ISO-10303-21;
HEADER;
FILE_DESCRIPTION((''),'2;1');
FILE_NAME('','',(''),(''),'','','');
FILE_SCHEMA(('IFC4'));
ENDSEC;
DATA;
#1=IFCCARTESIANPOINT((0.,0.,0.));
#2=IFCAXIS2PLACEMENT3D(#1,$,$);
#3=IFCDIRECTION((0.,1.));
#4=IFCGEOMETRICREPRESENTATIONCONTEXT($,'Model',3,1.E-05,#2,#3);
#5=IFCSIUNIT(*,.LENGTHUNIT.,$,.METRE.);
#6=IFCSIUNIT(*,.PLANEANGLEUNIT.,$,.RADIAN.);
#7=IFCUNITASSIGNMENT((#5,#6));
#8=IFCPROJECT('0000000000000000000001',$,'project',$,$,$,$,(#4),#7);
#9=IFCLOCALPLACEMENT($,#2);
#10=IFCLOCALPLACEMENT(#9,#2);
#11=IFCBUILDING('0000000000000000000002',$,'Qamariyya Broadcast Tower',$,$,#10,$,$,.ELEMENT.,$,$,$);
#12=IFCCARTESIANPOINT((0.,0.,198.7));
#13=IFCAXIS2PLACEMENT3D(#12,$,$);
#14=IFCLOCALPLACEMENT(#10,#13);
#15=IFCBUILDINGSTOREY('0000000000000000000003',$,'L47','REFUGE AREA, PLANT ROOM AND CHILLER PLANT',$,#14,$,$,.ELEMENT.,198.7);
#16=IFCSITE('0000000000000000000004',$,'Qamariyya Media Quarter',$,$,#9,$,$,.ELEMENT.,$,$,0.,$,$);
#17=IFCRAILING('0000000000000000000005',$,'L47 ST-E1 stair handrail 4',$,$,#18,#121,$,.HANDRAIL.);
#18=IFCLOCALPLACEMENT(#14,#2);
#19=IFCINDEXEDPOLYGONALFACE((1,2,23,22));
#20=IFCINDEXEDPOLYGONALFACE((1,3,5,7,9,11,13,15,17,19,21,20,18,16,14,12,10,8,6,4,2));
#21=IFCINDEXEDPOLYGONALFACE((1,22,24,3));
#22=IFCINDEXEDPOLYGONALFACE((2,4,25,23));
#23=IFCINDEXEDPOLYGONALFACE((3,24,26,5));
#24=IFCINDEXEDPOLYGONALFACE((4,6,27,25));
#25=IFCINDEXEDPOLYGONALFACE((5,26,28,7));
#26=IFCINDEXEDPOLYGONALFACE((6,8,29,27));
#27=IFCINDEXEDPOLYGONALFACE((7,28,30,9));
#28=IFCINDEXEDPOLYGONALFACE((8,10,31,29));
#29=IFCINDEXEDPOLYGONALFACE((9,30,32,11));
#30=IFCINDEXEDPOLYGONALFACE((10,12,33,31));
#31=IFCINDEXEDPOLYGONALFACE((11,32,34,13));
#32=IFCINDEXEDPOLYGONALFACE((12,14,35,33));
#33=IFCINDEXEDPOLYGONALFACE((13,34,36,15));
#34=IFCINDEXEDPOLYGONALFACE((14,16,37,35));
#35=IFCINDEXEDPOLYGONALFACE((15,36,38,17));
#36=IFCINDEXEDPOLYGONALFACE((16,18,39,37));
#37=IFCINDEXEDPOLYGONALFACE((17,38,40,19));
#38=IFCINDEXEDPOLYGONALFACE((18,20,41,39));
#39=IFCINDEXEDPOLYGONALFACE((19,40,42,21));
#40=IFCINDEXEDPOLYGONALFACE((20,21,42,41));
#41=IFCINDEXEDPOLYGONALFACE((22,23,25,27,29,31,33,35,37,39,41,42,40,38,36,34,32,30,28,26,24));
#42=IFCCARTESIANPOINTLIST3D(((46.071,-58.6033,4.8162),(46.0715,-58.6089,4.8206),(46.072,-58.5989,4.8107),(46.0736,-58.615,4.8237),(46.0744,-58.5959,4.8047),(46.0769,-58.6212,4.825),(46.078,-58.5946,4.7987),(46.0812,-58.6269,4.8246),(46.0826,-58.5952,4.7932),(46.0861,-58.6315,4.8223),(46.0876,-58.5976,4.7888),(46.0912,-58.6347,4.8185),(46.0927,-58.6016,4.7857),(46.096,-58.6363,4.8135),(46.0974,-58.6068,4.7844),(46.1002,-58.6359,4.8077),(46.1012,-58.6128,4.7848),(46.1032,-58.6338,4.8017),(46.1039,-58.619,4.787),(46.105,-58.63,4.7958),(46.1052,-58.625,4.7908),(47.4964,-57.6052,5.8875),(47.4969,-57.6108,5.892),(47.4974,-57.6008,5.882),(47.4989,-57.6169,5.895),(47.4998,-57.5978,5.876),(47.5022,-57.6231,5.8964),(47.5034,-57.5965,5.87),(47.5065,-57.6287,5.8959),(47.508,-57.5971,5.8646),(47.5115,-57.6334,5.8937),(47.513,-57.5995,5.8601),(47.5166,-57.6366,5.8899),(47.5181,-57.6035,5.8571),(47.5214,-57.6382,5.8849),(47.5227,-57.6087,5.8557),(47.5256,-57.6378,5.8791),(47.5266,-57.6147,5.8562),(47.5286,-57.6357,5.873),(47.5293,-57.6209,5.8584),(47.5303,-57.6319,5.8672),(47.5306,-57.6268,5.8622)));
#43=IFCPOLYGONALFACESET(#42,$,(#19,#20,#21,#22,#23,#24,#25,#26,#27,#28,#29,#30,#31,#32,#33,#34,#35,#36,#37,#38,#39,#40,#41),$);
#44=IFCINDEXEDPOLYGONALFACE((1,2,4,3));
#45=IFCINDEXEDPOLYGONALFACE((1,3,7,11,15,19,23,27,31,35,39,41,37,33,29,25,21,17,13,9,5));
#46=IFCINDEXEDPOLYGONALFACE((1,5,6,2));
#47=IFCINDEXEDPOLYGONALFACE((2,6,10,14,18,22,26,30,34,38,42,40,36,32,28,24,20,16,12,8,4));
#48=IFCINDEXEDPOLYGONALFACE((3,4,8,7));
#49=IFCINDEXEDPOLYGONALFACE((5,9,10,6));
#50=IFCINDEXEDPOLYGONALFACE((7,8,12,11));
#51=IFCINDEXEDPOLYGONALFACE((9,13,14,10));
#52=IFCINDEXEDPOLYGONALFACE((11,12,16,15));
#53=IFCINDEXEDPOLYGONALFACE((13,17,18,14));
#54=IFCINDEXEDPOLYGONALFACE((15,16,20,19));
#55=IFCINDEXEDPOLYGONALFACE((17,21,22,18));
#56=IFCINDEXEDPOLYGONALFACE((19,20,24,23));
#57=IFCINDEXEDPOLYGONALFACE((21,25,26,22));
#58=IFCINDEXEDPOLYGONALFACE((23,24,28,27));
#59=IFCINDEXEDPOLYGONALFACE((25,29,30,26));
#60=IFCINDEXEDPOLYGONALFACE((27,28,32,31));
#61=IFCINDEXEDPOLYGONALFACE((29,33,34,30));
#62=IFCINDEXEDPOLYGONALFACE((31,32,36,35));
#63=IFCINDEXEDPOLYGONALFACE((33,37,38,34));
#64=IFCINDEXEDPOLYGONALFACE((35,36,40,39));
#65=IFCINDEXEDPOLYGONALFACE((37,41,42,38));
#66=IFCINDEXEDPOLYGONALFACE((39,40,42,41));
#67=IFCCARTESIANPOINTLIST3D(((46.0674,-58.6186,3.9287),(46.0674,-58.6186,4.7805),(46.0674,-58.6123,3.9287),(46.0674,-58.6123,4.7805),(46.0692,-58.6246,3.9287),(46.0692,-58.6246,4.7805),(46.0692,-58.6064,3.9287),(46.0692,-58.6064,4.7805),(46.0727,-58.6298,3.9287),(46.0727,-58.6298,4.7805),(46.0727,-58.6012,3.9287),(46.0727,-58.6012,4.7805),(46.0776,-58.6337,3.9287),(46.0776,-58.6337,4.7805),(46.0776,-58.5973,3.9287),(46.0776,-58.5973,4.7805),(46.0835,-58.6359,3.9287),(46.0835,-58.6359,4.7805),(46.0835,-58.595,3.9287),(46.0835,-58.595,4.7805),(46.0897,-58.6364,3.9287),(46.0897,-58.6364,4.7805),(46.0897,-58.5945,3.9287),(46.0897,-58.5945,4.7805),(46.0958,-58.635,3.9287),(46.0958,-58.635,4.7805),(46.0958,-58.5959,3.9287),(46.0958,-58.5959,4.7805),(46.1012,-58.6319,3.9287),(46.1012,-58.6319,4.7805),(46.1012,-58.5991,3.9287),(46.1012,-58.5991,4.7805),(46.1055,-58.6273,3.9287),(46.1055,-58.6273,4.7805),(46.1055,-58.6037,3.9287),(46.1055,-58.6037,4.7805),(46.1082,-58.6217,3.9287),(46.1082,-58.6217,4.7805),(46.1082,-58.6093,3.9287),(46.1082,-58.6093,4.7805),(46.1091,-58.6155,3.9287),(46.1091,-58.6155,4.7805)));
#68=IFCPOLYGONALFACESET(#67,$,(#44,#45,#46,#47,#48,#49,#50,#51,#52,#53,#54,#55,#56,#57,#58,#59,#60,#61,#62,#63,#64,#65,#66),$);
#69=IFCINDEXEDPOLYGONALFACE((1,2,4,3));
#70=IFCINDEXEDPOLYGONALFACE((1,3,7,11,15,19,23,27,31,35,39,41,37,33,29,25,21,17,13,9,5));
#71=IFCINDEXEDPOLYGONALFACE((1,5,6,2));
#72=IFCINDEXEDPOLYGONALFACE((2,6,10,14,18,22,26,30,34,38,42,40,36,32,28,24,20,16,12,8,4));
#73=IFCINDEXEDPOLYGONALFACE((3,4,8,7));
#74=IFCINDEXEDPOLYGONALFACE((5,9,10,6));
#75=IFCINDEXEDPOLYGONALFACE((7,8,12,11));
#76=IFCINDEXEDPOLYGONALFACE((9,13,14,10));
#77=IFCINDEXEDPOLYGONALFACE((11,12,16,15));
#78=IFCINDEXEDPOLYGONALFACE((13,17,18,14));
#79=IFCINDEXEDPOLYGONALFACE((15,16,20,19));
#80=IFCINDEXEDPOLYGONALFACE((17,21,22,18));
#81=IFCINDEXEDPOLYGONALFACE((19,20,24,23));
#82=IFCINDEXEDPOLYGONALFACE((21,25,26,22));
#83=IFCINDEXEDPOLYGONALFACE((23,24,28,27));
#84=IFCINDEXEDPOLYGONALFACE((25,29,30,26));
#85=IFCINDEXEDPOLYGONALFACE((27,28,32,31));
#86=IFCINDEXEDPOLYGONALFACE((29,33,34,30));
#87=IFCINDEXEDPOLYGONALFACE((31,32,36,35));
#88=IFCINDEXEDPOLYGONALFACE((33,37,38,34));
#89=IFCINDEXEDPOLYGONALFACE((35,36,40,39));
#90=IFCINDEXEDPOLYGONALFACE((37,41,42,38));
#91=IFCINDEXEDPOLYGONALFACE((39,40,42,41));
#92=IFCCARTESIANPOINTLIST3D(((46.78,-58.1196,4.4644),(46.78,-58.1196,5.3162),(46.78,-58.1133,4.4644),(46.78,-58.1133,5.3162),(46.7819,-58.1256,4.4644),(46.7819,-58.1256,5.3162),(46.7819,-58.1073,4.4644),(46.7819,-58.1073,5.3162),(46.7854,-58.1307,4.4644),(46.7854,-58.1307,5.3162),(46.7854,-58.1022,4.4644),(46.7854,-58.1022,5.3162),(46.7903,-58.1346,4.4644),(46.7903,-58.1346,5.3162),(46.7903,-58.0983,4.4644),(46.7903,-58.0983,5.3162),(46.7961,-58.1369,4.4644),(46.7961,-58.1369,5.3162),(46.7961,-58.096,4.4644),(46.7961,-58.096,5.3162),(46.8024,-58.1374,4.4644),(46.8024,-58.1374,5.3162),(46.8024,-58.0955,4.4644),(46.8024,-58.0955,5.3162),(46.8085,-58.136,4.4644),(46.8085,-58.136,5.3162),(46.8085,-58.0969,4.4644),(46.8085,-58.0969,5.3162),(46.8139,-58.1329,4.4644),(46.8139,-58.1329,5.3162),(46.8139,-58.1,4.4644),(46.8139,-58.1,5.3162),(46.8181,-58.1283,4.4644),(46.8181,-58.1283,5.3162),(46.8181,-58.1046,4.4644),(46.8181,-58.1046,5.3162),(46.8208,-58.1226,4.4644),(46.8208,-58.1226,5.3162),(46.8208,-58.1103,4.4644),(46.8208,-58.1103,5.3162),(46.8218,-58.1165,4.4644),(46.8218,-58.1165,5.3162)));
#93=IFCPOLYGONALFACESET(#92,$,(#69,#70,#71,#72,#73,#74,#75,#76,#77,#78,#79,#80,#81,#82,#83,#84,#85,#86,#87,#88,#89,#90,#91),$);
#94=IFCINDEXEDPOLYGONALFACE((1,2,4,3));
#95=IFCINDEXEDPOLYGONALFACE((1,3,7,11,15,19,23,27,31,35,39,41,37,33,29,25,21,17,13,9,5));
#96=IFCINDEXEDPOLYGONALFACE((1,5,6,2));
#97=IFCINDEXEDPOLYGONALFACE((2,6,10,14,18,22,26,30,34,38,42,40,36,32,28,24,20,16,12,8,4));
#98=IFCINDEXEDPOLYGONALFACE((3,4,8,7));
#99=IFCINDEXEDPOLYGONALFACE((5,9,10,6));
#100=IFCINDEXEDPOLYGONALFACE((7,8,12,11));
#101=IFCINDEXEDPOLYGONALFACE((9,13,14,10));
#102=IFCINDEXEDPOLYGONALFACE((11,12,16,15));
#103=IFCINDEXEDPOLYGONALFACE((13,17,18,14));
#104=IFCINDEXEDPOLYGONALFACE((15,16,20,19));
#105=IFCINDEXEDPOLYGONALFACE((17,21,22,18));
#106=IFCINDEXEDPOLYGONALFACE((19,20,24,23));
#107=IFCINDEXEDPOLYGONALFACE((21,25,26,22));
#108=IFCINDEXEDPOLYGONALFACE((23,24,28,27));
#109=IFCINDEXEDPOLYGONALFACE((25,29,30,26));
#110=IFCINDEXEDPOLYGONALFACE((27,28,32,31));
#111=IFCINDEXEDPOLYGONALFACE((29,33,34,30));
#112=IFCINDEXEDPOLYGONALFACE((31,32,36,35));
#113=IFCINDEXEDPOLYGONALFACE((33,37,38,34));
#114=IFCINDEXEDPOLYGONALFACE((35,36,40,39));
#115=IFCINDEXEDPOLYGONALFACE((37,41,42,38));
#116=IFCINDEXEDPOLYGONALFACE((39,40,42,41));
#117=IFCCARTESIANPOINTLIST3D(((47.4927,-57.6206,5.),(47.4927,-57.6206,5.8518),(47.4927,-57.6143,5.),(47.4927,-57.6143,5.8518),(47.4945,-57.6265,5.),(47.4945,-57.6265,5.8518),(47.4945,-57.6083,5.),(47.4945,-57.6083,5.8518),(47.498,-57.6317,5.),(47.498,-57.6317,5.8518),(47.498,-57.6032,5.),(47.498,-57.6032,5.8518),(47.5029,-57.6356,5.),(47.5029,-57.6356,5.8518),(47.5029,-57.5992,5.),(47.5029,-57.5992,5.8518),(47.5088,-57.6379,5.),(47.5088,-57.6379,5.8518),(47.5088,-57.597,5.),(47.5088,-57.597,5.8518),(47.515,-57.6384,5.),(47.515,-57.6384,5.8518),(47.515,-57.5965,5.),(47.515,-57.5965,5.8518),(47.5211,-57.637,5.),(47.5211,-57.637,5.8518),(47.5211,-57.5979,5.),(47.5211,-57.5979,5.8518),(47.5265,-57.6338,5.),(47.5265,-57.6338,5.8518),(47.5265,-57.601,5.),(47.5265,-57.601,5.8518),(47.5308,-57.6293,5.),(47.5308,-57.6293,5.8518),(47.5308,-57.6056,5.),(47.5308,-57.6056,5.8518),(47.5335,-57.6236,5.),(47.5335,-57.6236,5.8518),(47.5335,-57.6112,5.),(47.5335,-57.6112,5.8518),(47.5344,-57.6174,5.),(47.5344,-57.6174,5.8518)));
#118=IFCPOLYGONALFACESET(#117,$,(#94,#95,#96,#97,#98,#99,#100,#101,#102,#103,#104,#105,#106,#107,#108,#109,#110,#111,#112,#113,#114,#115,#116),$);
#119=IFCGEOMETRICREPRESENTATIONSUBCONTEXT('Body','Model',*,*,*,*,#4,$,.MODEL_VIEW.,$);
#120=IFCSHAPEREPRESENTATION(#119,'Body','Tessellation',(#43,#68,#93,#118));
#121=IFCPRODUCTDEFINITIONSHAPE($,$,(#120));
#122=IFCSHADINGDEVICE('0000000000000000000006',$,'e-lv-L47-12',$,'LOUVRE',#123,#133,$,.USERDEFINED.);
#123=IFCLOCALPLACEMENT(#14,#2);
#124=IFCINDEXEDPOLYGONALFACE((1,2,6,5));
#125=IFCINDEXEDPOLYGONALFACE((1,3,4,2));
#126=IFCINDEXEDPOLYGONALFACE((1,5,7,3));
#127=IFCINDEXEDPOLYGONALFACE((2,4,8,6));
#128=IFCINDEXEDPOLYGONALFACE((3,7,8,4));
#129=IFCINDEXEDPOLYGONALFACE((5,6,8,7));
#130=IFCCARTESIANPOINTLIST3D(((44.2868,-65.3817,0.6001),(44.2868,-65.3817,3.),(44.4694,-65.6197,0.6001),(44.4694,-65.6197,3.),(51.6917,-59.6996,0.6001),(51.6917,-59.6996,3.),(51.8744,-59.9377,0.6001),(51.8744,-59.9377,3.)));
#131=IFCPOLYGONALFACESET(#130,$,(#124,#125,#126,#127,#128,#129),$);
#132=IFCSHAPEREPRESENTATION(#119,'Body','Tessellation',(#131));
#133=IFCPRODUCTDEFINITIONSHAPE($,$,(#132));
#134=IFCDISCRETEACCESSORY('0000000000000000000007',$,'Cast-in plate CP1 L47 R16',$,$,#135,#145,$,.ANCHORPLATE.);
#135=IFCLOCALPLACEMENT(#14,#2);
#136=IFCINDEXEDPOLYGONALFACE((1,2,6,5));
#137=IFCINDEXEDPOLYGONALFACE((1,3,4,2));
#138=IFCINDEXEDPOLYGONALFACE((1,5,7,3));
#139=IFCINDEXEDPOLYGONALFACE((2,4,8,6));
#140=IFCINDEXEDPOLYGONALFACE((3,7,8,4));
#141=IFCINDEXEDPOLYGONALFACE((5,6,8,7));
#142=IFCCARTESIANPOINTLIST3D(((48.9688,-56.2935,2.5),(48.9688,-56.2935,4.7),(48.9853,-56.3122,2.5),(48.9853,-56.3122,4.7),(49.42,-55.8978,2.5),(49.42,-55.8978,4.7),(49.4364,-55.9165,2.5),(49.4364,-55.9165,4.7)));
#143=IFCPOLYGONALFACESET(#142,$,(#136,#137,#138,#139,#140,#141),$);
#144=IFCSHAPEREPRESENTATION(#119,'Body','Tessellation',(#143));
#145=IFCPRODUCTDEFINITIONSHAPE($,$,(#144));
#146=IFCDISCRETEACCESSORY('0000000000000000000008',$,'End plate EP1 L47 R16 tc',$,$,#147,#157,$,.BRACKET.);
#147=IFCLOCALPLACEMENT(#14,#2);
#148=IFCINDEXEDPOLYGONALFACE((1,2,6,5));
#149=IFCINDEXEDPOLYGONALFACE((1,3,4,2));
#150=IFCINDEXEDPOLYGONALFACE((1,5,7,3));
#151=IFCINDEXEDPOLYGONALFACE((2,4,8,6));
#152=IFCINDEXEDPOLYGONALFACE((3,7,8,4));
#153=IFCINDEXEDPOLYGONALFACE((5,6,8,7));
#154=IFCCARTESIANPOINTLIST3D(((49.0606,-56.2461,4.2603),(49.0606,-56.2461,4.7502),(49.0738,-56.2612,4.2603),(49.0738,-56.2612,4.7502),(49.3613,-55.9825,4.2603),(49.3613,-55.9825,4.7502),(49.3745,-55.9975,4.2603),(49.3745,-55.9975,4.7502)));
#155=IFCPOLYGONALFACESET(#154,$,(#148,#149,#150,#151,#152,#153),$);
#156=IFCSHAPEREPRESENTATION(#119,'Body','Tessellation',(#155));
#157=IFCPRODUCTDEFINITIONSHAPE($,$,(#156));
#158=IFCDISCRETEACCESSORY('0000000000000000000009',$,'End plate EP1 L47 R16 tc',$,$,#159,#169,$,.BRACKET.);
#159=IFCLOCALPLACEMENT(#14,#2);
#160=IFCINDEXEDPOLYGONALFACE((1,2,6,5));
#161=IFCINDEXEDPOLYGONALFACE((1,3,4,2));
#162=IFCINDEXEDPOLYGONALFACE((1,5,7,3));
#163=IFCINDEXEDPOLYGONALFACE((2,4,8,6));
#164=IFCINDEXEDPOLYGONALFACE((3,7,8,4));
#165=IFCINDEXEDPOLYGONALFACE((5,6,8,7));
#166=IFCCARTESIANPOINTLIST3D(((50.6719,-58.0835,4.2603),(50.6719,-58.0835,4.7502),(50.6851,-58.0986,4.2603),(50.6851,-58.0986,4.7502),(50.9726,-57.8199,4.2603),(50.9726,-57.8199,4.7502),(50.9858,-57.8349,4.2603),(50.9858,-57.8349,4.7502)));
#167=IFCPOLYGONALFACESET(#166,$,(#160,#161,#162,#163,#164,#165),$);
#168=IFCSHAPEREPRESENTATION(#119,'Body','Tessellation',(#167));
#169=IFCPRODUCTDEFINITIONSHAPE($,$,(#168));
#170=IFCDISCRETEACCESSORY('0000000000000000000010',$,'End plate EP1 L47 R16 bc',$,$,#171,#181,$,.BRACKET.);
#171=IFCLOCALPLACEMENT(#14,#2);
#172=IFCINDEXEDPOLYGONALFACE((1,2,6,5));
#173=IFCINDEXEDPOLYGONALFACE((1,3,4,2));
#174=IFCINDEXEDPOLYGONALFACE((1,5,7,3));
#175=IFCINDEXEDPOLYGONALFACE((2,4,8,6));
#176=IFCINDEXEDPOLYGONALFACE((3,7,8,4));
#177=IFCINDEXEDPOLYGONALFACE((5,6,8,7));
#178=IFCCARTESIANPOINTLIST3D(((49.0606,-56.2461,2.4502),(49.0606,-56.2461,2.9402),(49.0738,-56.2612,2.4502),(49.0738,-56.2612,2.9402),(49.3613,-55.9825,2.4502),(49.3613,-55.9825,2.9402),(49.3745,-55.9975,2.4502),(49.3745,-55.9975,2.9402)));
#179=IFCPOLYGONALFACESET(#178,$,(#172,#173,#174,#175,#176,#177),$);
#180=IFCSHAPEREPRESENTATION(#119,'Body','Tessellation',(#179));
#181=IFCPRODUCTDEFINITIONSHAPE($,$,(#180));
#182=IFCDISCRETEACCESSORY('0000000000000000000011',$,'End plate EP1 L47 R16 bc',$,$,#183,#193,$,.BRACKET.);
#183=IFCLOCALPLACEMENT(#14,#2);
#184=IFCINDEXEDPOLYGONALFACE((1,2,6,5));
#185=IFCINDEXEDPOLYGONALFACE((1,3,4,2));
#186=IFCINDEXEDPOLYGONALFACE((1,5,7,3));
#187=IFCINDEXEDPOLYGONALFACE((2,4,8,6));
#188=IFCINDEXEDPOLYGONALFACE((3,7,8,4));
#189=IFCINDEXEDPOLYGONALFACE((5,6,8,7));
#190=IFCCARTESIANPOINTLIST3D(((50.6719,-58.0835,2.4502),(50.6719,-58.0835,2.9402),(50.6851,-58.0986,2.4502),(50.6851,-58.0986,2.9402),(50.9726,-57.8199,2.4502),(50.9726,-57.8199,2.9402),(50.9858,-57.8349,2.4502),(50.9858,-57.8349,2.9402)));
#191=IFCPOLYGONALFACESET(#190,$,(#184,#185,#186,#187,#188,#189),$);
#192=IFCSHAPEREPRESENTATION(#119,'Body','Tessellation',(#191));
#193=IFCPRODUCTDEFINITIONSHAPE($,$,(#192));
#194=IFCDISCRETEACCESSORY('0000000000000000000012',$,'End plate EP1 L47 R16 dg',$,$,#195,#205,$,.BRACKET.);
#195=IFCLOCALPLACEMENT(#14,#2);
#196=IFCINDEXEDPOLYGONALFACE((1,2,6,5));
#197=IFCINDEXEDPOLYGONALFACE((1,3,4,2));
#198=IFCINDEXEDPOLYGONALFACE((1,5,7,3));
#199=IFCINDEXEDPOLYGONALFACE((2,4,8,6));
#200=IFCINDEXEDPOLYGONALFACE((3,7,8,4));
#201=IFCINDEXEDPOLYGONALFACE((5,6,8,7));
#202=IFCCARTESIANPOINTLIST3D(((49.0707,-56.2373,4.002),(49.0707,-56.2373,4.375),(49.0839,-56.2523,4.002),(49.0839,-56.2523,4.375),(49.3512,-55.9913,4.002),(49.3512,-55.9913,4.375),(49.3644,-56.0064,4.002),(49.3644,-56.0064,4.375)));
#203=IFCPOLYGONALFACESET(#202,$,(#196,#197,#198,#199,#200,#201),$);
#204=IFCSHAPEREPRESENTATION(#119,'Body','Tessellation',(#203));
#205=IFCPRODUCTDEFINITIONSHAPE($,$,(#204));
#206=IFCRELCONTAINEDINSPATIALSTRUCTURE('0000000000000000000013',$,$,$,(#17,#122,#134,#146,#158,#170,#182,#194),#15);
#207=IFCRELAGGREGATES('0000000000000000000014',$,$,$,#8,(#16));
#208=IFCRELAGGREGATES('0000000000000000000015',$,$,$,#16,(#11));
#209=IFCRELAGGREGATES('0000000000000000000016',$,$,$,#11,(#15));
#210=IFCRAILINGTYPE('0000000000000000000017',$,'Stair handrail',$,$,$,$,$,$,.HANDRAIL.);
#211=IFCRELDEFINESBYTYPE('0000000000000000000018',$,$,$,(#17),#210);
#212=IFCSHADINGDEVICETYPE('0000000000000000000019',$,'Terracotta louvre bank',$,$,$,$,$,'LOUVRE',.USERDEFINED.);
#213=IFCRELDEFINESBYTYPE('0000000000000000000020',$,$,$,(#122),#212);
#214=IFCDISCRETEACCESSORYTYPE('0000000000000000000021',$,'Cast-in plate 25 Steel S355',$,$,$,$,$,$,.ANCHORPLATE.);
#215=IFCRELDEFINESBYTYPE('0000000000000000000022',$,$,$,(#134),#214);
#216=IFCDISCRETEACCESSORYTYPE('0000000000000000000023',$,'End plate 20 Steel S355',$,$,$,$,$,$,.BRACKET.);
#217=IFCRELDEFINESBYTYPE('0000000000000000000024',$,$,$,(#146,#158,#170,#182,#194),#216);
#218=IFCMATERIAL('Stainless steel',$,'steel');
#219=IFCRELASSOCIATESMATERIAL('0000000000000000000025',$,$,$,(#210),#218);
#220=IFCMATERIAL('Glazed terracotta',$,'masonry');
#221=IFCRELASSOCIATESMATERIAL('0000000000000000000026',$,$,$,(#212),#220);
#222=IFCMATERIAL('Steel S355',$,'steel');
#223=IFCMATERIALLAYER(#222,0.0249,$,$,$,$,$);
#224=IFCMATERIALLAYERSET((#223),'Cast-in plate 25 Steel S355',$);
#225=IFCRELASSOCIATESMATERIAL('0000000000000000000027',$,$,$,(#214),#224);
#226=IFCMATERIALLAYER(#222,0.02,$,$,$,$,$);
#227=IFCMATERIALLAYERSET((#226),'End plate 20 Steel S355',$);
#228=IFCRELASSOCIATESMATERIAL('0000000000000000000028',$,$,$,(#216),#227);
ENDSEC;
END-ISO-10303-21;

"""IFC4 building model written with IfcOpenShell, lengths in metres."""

from ifc_helpers import new_model, si_unit, direction, frame, origin, origin_2d, place, context, subcontext, project, spatial, rectangle, circle, extrude, material, layer, layer_set, type_object, element, save


model = new_model("IFC4")

# Units and contexts
model_context = context("Model", 3, precision=1e-05, world=origin(), true_north=direction((0.0, 1.0)))
body_context = subcontext(model_context, "Body", "Model", "MODEL_VIEW")
ifc_project = project(units=[si_unit("LENGTHUNIT", "METRE"), si_unit("PLANEANGLEUNIT", "RADIAN")], contexts=[model_context])

# Site, building, storey
site_placement = place(None, origin())
site = spatial("IfcSite", under=ifc_project, at=site_placement, Name="Qamariyya Media Quarter", CompositionType="ELEMENT", RefElevation=0.0)
building_placement = place(site_placement, origin())
building = spatial("IfcBuilding", under=site, at=building_placement, Name="Qamariyya Broadcast Tower", CompositionType="ELEMENT")
storey_placement = place(building_placement, frame((0.0, 0.0, 198.7)))
storey = spatial("IfcBuildingStorey", under=building, at=storey_placement, Name="L47", Description="REFUGE AREA, PLANT ROOM AND CHILLER PLANT", CompositionType="ELEMENT", Elevation=198.7)

# Shared definitions
ifc_material_1 = material(Name="Steel S355", Category="steel")

# Railing
ifc_material_2 = material(Name="Stainless steel", Category="steel")
railing_type_1 = type_object("IfcRailingType", Name="Stair handrail", PredefinedType="HANDRAIL", material=ifc_material_2)
for number, where, name in (
    (1, (46.0881, -58.6155, 3.9287), "L47 ST-E1 stair handrail 4"),
):
    element("IfcRailing", number, at=place(storey_placement, frame(where)), inside=storey, type_object=railing_type_1, Name=name, PredefinedType="HANDRAIL", context=body_context, shape_type="SweptSolid", body=[
        extrude(circle(Radius=0.0239, at=origin_2d()), frame((0.0, 0.0, 0.876), z_axis=(0.697533, 0.48844, 0.524285), x_axis=(-0.573594, 0.81914, 0.0)), (0.0, 0.0, 1.0), 2.0435),
        extrude(circle(Radius=0.021, at=origin_2d()), origin(), (0.0, 0.0, 1.0), 0.8518),
        extrude(circle(Radius=0.021, at=origin_2d()), frame((0.7126, 0.499, 0.5356)), (0.0, 0.0, 1.0), 0.8518),
        extrude(circle(Radius=0.021, at=origin_2d()), frame((1.4253, 0.998, 1.0713)), (0.0, 0.0, 1.0), 0.8518),
    ])

# Shading device
ifc_material_3 = material(Name="Glazed terracotta", Category="masonry")
shading_device_type = type_object("IfcShadingDeviceType", Name="Terracotta louvre bank", ElementType="LOUVRE", PredefinedType="USERDEFINED", material=ifc_material_3)
shading_device_placement = place(storey_placement, frame((48.0806, -62.6597, 0.6001), z_axis=(0.0, 0.0, 1.0), x_axis=(0.793353, 0.608761, 0.0)))
element("IfcShadingDevice", 2, at=shading_device_placement, inside=storey, type_object=shading_device_type, Name="e-lv-L47-12", ObjectType="LOUVRE", PredefinedType="USERDEFINED", context=body_context, shape_type="SweptSolid", body=[
    extrude(rectangle(XDim=9.3337, YDim=0.3, at=origin_2d()), origin(), (0.0, 0.0, 1.0), 2.3999),
])

# Discrete accessories
ifc_layer_1 = layer(ifc_material_1, 0.0249)
ifc_layer_set_1 = layer_set([ifc_layer_1], Name="Cast-in plate 25 Steel S355")
discrete_accessory_type_1 = type_object("IfcDiscreteAccessoryType", Name="Cast-in plate 25 Steel S355", PredefinedType="ANCHORPLATE", material=ifc_layer_set_1)
discrete_accessory_placement = place(storey_placement, frame((49.2026, -56.105, 2.5), z_axis=(0.0, 0.0, 1.0), x_axis=(-0.75184, -0.659346, 0.0)))
element("IfcDiscreteAccessory", 3, at=discrete_accessory_placement, inside=storey, type_object=discrete_accessory_type_1, Name="Cast-in plate CP1 L47 R16", PredefinedType="ANCHORPLATE", context=body_context, shape_type="SweptSolid", body=[
    extrude(rectangle(XDim=0.6001, YDim=0.0249, at=origin_2d()), origin(), (0.0, 0.0, 1.0), 2.2),
])
ifc_layer_2 = layer(ifc_material_1, 0.02)
ifc_layer_set_2 = layer_set([ifc_layer_2], Name="End plate 20 Steel S355")
discrete_accessory_type_2 = type_object("IfcDiscreteAccessoryType", Name="End plate 20 Steel S355", PredefinedType="BRACKET", material=ifc_layer_set_2)
for number, where, z_axis, x_axis, name in (
    (4, (49.2175, -56.1218, 4.2603), (0.0, 0.0, 1.0), (-0.75184, -0.659346, 0.0), "End plate EP1 L47 R16 tc"),
    (5, (50.8289, -57.9592, 4.2603), (0.0, 0.0, 1.0), (-0.75184, -0.659346, 0.0), "End plate EP1 L47 R16 tc"),
    (6, (49.2175, -56.1218, 2.4502), (0.0, 0.0, 1.0), (-0.75184, -0.659346, 0.0), "End plate EP1 L47 R16 bc"),
    (7, (50.8289, -57.9592, 2.4502), (0.0, 0.0, 1.0), (-0.75184, -0.659346, 0.0), "End plate EP1 L47 R16 bc"),
):
    element("IfcDiscreteAccessory", number, at=place(storey_placement, frame(where, z_axis=z_axis, x_axis=x_axis)), inside=storey, type_object=discrete_accessory_type_2, Name=name, PredefinedType="BRACKET", context=body_context, shape_type="SweptSolid", body=[
        extrude(rectangle(XDim=0.3999, YDim=0.02, at=origin_2d()), origin(), (0.0, 0.0, 1.0), 0.49),
    ])
for number, where, z_axis, x_axis, name in (
    (8, (49.2175, -56.1218, 4.002), (0.0, 0.0, 1.0), (-0.75184, -0.659346, 0.0), "End plate EP1 L47 R16 dg"),
):
    element("IfcDiscreteAccessory", number, at=place(storey_placement, frame(where, z_axis=z_axis, x_axis=x_axis)), inside=storey, type_object=discrete_accessory_type_2, Name=name, PredefinedType="BRACKET", context=body_context, shape_type="SweptSolid", body=[
        extrude(rectangle(XDim=0.373, YDim=0.02, at=origin_2d()), origin(), (0.0, 0.0, 1.0), 0.373),
    ])

save(model, "model.ifc")
